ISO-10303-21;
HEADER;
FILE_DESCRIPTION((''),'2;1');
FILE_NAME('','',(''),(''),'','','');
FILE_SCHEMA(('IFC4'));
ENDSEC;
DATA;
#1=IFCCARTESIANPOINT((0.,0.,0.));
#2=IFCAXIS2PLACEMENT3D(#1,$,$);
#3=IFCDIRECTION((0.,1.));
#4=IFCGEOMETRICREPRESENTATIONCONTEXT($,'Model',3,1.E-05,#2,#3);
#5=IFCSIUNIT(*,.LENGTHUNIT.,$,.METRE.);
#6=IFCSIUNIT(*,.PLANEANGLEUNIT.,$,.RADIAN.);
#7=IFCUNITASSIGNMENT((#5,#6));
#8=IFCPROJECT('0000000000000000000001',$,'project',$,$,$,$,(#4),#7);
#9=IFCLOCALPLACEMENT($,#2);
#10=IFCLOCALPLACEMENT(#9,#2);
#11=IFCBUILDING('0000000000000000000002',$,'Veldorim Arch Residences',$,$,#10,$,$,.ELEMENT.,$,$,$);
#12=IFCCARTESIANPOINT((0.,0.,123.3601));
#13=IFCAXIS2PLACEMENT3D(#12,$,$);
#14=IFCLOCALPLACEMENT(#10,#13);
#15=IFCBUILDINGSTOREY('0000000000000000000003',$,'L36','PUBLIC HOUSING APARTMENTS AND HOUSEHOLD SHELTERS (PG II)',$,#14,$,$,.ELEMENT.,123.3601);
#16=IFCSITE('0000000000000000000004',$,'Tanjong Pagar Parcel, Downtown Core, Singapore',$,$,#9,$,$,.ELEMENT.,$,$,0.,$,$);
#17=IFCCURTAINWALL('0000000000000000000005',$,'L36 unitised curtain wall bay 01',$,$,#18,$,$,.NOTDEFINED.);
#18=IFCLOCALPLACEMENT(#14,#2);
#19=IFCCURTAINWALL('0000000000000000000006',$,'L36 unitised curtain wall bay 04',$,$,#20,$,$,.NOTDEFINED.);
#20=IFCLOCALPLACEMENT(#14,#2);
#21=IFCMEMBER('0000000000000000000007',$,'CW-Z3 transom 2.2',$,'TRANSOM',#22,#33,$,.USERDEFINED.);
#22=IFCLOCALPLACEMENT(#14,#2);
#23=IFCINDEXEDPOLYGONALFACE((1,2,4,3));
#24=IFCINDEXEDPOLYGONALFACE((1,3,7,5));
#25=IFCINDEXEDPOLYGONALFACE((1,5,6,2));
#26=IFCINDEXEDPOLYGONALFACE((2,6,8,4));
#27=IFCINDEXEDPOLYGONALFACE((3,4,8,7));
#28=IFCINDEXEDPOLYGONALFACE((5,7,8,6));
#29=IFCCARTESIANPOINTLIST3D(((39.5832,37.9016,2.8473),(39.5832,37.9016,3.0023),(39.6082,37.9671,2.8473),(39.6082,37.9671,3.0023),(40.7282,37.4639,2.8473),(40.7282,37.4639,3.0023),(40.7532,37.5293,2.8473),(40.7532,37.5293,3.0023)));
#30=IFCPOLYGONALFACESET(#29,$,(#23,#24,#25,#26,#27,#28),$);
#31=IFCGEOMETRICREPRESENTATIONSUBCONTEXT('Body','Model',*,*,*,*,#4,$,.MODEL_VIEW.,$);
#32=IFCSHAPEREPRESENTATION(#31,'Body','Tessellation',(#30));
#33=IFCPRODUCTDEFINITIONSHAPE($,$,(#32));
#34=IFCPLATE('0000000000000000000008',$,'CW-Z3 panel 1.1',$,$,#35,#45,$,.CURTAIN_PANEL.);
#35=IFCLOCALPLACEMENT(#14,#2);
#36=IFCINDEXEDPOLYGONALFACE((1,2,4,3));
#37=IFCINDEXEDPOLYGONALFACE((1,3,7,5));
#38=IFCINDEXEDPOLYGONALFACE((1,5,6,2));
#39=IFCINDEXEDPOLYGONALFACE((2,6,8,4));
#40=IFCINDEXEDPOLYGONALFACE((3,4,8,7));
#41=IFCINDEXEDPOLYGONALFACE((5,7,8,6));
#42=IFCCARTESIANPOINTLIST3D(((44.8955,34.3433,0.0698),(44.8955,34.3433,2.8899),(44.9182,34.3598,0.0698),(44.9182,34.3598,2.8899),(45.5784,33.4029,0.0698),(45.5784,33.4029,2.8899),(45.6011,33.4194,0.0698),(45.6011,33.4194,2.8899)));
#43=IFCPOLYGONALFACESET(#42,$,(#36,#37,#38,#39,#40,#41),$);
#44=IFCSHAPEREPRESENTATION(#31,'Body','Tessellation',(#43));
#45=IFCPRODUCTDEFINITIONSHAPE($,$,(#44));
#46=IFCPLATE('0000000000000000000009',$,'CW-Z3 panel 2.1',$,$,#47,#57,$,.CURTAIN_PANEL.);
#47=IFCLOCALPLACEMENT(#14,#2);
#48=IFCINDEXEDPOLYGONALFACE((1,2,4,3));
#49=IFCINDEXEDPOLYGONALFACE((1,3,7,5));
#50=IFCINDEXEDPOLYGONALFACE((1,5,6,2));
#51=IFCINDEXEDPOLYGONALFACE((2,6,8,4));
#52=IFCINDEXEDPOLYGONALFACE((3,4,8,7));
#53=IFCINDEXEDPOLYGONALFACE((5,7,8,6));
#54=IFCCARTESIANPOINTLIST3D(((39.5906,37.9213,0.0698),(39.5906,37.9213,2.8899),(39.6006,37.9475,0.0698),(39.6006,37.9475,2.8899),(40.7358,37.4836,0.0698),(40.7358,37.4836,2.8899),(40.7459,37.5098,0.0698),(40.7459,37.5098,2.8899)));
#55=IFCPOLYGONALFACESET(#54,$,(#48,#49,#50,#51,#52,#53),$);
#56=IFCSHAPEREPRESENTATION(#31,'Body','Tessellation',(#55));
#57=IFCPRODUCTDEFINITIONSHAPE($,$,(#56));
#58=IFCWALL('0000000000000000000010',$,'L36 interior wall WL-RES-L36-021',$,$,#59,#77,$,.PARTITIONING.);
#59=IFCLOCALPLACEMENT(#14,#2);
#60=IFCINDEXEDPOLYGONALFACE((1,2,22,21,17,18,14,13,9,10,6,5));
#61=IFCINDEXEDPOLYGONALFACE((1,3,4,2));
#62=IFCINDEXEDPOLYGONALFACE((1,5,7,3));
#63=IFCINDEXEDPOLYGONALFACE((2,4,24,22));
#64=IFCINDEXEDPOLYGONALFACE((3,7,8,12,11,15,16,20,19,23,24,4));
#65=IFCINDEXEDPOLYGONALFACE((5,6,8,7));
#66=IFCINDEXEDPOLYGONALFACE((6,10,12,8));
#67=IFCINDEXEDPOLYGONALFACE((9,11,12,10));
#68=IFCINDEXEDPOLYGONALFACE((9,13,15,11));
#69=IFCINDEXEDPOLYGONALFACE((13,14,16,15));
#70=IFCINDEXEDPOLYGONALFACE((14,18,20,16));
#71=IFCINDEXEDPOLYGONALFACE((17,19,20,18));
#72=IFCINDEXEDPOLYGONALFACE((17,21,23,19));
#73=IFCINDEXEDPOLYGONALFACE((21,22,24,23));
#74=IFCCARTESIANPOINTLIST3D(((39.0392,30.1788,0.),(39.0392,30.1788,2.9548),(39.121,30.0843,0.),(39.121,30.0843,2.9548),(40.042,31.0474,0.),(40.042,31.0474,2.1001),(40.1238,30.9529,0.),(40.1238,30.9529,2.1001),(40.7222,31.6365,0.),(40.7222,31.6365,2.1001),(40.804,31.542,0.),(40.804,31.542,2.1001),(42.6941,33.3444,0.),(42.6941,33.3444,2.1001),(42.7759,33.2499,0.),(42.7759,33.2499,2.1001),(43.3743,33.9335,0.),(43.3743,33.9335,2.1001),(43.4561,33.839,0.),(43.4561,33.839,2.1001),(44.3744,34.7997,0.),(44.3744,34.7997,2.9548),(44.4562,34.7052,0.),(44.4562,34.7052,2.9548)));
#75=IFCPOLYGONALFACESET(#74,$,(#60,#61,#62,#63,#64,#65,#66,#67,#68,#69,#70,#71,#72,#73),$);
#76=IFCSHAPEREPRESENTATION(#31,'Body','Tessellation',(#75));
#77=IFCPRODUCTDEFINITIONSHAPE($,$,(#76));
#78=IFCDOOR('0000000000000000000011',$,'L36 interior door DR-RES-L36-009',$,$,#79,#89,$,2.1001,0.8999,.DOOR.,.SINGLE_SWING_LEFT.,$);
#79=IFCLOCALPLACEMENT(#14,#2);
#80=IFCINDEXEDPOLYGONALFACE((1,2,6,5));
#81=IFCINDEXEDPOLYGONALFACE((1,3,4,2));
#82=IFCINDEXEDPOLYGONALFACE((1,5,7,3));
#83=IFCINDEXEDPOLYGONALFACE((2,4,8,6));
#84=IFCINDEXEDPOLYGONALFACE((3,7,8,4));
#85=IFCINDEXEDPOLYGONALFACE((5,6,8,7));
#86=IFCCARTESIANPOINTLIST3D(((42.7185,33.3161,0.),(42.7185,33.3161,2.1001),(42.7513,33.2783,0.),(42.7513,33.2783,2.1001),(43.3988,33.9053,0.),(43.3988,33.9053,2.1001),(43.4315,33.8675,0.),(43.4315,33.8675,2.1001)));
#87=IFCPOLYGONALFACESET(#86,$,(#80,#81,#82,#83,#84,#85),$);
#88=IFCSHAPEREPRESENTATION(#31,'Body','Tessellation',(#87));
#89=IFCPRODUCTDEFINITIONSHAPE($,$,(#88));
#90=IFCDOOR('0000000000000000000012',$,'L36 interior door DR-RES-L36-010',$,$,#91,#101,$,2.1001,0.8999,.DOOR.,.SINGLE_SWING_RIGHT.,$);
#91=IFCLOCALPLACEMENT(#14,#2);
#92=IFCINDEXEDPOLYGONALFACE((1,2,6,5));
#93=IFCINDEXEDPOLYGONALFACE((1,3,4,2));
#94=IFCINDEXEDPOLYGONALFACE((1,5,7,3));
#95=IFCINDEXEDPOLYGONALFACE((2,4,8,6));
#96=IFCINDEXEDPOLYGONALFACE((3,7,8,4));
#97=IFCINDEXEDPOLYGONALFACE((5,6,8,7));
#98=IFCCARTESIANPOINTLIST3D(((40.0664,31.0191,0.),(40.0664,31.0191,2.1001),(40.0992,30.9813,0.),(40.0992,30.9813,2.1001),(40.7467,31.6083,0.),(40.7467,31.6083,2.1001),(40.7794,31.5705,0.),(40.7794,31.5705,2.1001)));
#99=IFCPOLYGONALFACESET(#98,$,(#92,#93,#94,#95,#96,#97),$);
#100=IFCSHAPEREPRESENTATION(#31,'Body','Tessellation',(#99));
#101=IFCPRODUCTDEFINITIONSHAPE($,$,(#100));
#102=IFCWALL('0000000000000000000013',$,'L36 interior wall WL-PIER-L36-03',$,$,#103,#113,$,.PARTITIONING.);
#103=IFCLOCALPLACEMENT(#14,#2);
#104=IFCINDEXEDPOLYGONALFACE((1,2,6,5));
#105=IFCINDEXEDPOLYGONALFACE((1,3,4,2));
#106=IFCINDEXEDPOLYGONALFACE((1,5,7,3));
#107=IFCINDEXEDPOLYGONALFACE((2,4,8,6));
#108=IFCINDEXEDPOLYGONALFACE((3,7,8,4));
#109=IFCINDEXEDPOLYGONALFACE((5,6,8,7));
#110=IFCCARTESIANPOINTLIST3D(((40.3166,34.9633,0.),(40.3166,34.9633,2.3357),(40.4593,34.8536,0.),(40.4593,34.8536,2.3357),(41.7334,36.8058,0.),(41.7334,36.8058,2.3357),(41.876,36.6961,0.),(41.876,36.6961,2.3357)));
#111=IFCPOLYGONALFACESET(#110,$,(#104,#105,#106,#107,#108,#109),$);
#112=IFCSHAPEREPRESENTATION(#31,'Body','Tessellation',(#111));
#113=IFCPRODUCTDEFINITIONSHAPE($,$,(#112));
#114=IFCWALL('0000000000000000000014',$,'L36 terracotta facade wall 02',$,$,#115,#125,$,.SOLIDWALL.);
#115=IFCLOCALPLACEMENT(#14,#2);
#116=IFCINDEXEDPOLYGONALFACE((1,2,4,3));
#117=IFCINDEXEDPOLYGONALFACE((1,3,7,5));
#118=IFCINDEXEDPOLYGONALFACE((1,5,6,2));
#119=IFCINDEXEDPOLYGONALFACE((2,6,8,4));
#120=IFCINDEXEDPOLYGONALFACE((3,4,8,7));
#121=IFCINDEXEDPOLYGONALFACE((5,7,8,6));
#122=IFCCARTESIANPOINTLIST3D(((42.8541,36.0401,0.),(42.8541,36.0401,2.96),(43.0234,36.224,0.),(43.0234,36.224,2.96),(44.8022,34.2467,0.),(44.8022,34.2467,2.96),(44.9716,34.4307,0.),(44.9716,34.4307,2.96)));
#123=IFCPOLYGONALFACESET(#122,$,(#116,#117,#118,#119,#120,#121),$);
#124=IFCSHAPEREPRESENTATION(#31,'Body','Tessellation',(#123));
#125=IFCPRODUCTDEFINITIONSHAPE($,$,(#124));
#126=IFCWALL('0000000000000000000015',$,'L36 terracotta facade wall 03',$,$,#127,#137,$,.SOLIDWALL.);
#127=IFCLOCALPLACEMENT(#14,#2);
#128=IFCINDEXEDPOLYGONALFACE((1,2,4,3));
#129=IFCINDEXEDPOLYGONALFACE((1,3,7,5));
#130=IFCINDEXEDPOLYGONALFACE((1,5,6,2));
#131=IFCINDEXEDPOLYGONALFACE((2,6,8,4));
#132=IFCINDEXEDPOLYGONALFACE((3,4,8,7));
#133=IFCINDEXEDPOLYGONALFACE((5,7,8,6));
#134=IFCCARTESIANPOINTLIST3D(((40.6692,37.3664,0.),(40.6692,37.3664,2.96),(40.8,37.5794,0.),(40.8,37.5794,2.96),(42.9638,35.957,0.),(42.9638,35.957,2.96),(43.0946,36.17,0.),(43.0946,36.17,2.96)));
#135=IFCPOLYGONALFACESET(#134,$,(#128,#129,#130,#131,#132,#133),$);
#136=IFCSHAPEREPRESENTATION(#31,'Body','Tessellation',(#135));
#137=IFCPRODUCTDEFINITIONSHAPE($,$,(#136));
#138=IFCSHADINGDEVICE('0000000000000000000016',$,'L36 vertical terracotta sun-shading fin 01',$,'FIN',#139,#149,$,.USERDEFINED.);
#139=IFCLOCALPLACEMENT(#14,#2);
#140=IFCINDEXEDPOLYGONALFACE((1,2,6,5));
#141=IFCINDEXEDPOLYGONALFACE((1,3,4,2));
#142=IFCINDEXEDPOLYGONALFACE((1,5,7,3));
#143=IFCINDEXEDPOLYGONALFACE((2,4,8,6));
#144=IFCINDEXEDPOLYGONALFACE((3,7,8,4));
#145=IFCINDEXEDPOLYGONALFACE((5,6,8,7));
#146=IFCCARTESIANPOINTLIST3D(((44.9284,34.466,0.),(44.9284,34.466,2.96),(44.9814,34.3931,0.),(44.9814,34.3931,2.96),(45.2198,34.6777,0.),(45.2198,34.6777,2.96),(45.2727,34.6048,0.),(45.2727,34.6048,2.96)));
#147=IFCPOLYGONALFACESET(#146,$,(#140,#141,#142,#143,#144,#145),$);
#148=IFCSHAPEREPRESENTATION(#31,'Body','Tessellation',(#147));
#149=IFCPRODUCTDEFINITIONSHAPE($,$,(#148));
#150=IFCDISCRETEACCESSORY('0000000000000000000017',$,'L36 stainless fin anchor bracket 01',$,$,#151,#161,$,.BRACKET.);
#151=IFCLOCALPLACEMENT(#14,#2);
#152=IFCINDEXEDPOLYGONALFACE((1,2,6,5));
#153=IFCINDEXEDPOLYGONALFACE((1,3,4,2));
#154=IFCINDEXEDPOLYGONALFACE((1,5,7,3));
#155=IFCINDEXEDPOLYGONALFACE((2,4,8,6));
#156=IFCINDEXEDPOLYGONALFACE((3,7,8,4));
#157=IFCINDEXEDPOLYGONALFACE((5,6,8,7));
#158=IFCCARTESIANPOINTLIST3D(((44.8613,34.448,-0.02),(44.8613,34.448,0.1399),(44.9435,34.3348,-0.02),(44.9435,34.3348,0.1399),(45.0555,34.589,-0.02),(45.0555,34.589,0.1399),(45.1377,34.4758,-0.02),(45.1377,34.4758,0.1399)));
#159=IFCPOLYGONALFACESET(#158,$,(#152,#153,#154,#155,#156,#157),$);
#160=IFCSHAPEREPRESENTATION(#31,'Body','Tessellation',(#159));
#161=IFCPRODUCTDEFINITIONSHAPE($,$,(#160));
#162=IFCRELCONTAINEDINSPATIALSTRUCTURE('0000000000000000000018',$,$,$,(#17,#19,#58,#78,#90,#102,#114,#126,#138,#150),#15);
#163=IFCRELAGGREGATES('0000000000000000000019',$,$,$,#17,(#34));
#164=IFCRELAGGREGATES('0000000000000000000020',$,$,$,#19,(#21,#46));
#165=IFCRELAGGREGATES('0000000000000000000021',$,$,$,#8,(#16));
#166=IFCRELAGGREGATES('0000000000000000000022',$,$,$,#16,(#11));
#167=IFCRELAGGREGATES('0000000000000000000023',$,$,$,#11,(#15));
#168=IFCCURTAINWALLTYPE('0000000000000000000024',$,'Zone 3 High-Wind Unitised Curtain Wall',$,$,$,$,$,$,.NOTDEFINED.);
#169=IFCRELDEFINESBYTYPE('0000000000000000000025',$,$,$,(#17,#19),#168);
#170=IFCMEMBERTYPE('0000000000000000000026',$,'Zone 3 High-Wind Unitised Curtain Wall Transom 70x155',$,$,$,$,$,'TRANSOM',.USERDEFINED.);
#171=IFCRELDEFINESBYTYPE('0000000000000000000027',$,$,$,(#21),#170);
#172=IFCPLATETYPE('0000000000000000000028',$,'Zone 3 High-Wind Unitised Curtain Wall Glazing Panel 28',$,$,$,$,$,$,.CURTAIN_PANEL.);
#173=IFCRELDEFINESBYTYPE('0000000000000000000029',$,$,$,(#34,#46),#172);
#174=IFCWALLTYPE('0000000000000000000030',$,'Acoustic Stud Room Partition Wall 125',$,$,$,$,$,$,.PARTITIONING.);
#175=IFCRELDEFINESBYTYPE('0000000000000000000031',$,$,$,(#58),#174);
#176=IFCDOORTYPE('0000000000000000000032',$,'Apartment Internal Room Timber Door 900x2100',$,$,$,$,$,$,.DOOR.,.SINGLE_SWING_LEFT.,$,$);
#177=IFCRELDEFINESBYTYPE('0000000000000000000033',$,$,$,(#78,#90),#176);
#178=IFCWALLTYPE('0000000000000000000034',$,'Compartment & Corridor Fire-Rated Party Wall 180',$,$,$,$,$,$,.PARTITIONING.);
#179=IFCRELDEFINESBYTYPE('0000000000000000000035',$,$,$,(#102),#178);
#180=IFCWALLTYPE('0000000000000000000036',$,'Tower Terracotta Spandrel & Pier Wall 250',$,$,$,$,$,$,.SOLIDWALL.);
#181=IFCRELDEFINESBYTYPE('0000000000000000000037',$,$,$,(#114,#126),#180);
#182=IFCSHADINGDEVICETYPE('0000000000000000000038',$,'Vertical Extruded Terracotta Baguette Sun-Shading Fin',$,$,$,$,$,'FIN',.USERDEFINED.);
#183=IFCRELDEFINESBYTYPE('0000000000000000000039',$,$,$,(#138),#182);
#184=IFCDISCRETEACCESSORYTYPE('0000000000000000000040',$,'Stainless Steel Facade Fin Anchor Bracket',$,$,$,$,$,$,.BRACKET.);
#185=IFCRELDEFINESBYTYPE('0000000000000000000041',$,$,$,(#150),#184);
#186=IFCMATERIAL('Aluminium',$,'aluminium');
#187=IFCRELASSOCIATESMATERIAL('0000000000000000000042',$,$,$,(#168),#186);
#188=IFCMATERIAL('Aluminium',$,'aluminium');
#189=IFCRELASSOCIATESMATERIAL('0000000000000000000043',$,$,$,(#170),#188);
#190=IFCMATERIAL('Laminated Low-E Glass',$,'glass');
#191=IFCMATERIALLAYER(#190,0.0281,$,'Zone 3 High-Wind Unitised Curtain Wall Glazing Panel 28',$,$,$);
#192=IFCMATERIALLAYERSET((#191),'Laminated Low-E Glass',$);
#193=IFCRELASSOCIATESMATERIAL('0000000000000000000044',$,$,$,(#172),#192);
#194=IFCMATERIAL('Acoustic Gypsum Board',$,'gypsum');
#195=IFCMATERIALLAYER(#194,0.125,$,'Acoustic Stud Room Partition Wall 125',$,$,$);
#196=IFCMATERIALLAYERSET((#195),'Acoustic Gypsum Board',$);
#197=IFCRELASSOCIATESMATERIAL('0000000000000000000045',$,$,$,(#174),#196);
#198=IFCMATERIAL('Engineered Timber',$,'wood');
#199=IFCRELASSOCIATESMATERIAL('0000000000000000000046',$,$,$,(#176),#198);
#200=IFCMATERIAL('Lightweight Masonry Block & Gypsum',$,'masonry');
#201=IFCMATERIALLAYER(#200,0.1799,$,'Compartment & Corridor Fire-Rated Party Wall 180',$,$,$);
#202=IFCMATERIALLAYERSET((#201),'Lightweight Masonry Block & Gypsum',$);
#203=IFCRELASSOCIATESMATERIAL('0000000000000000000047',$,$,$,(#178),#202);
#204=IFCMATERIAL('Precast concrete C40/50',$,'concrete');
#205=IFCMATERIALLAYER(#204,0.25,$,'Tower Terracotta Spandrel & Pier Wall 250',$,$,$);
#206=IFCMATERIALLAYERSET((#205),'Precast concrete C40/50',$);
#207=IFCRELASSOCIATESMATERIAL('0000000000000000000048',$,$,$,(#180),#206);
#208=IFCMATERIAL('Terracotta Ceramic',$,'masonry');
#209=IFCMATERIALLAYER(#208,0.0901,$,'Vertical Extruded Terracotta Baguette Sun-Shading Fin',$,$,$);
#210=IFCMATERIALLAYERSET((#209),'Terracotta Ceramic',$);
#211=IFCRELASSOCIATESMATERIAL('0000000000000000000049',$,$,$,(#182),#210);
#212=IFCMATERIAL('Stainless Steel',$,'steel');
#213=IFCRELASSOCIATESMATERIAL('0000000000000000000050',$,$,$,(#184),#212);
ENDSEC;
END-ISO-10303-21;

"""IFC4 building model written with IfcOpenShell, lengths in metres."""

from ifc_helpers import new_model, si_unit, direction, frame, frame_2d, origin, origin_2d, place, context, subcontext, project, spatial, rectangle, extrude, material, layer, layer_set, material_profile, profile_set, type_object, element, fill, aggregate, save


model = new_model("IFC4")

# Units and contexts
model_context = context("Model", 3, precision=1e-05, world=origin(), true_north=direction((0.0, 1.0)))
body_context = subcontext(model_context, "Body", "Model", "MODEL_VIEW")
ifc_project = project(units=[si_unit("LENGTHUNIT", "METRE"), si_unit("PLANEANGLEUNIT", "RADIAN")], contexts=[model_context])

# Site, building, storey
site_placement = place(None, origin())
site = spatial("IfcSite", under=ifc_project, at=site_placement, Name="Tanjong Pagar Parcel, Downtown Core, Singapore", CompositionType="ELEMENT", RefElevation=0.0)
building_placement = place(site_placement, origin())
building = spatial("IfcBuilding", under=site, at=building_placement, Name="Veldorim Arch Residences", CompositionType="ELEMENT")
storey_placement = place(building_placement, frame((0.0, 0.0, 123.3601)))
storey = spatial("IfcBuildingStorey", under=building, at=storey_placement, Name="L36", Description="PUBLIC HOUSING APARTMENTS AND HOUSEHOLD SHELTERS (PG II)", CompositionType="ELEMENT", Elevation=123.3601)

# Curtain walls
ifc_material_1 = material(Name="Aluminium", Category="aluminium")
curtain_wall_type = type_object("IfcCurtainWallType", Name="Zone 3 High-Wind Unitised Curtain Wall", PredefinedType="NOTDEFINED", material=ifc_material_1)
curtain_wall_1_placement = place(storey_placement, origin())
curtain_wall_1 = element("IfcCurtainWall", 1, at=curtain_wall_1_placement, inside=storey, type_object=curtain_wall_type, Name="L36 unitised curtain wall bay 01", PredefinedType="NOTDEFINED")
curtain_wall_2_placement = place(storey_placement, origin())
curtain_wall_2 = element("IfcCurtainWall", 2, at=curtain_wall_2_placement, inside=storey, type_object=curtain_wall_type, Name="L36 unitised curtain wall bay 04", PredefinedType="NOTDEFINED")

# Member
ifc_material_2 = material(Name="Aluminium", Category="aluminium")
ifc_material_profile_1 = material_profile(ifc_material_2, rectangle(XDim=0.0701, YDim=0.155, at=origin_2d()), Name="ALU_TRN_70x155")
ifc_profile_set_1 = profile_set([ifc_material_profile_1], Name="Aluminium")
member_type_1 = type_object("IfcMemberType", Name="Zone 3 High-Wind Unitised Curtain Wall Transom 70x155", ElementType="TRANSOM", PredefinedType="USERDEFINED", material=ifc_profile_set_1)
member_1_placement = place(storey_placement, frame((39.5957, 37.9343, 2.9248), z_axis=(0.934067, -0.357097, 0.0), x_axis=(0.357097, 0.934067, 0.0)))
member_1 = element("IfcMember", 3, at=member_1_placement, type_object=member_type_1, Name="CW-Z3 transom 2.2", ObjectType="TRANSOM", PredefinedType="USERDEFINED", context=body_context, shape_type="SweptSolid", body=[
    extrude(rectangle(XDim=0.0701, YDim=0.155, at=origin_2d()), origin(), (0.0, 0.0, 1.0), 1.2258),
])

# Plates
ifc_material_3 = material(Name="Laminated Low-E Glass", Category="glass")
ifc_layer_1 = layer(ifc_material_3, 0.0281, Name="Zone 3 High-Wind Unitised Curtain Wall Glazing Panel 28")
ifc_layer_set_1 = layer_set([ifc_layer_1], Name="Laminated Low-E Glass")
plate_type = type_object("IfcPlateType", Name="Zone 3 High-Wind Unitised Curtain Wall Glazing Panel 28", PredefinedType="CURTAIN_PANEL", material=ifc_layer_set_1)
plate_1_placement = place(storey_placement, frame((45.2483, 33.8813, 0.0698), z_axis=(0.0, 0.0, 1.0), x_axis=(0.587585, -0.809162, 0.0)))
plate_1 = element("IfcPlate", 4, at=plate_1_placement, type_object=plate_type, Name="CW-Z3 panel 1.1", PredefinedType="CURTAIN_PANEL", context=body_context, shape_type="SweptSolid", body=[
    extrude(rectangle(XDim=1.1621, YDim=0.0281, at=origin_2d()), origin(), (0.0, 0.0, 1.0), 2.8201),
])
aggregate(curtain_wall_1, [plate_1])
plate_2_placement = place(storey_placement, frame((40.1682, 37.7156, 0.0698), z_axis=(0.0, 0.0, 1.0), x_axis=(0.934109, -0.356987, 0.0)))
plate_2 = element("IfcPlate", 5, at=plate_2_placement, type_object=plate_type, Name="CW-Z3 panel 2.1", PredefinedType="CURTAIN_PANEL", context=body_context, shape_type="SweptSolid", body=[
    extrude(rectangle(XDim=1.2261, YDim=0.0281, at=origin_2d()), origin(), (0.0, 0.0, 1.0), 2.8201),
])
aggregate(curtain_wall_2, [member_1, plate_2])

# Wall, openings, doors
ifc_material_4 = material(Name="Acoustic Gypsum Board", Category="gypsum")
ifc_layer_2 = layer(ifc_material_4, 0.125, Name="Acoustic Stud Room Partition Wall 125")
ifc_layer_set_2 = layer_set([ifc_layer_2], Name="Acoustic Gypsum Board")
wall_type_1 = type_object("IfcWallType", Name="Acoustic Stud Room Partition Wall 125", PredefinedType="PARTITIONING", material=ifc_layer_set_2)
wall_1_placement = place(storey_placement, frame((44.4153, 34.7524, 0.0), z_axis=(0.0, 0.0, 1.0), x_axis=(-0.755899, -0.654688, 0.0)))
wall_1 = element("IfcWall", 6, at=wall_1_placement, inside=storey, type_object=wall_type_1, Name="L36 interior wall WL-RES-L36-021", PredefinedType="PARTITIONING", context=body_context, shape_type="SweptSolid", body=[
    extrude(rectangle(XDim=7.0581, YDim=0.125, at=frame_2d((3.5291, 0.0))), origin(), (0.0, 0.0, 1.0), 2.9548),
])
opening_1_placement = place(wall_1_placement, frame((1.323, 0.0, 0.0)))
opening_1 = element("IfcOpeningElement", 7, at=opening_1_placement, cuts=wall_1, PredefinedType="OPENING", context=body_context, shape_type="SweptSolid", body=[
    extrude(rectangle(XDim=0.8999, YDim=2.1001, at=frame_2d((0.45, 1.05))), frame((0.0, 0.0725, 0.0), z_axis=(0.0, -1.0, 0.0), x_axis=(1.0, 0.0, 0.0)), (0.0, 0.0, 1.0), 0.145),
])
opening_2_placement = place(wall_1_placement, frame((4.8315, 0.0, 0.0)))
opening_2 = element("IfcOpeningElement", 8, at=opening_2_placement, cuts=wall_1, PredefinedType="OPENING", context=body_context, shape_type="SweptSolid", body=[
    extrude(rectangle(XDim=0.8999, YDim=2.1001, at=frame_2d((0.45, 1.05))), frame((0.0, 0.0725, 0.0), z_axis=(0.0, -1.0, 0.0), x_axis=(1.0, 0.0, 0.0)), (0.0, 0.0, 1.0), 0.145),
])
ifc_material_5 = material(Name="Engineered Timber", Category="wood")
door_type = type_object("IfcDoorType", Name="Apartment Internal Room Timber Door 900x2100", OperationType="SINGLE_SWING_LEFT", PredefinedType="DOOR", material=ifc_material_5)
door_1_placement = place(opening_1_placement, origin())
door_1 = element("IfcDoor", 9, at=door_1_placement, inside=storey, type_object=door_type, Name="L36 interior door DR-RES-L36-009", OperationType="SINGLE_SWING_LEFT", OverallHeight=2.1001, OverallWidth=0.8999, PredefinedType="DOOR", context=body_context, shape_type="SweptSolid", body=[
    extrude(rectangle(XDim=0.8999, YDim=2.1001, at=frame_2d((0.45, 1.05))), frame((0.0, 0.0249, 0.0), z_axis=(0.0, -1.0, 0.0), x_axis=(1.0, 0.0, 0.0)), (0.0, 0.0, 1.0), 0.05),
])
fill(opening_1, door_1)
door_2_placement = place(opening_2_placement, origin())
door_2 = element("IfcDoor", 10, at=door_2_placement, inside=storey, type_object=door_type, Name="L36 interior door DR-RES-L36-010", OperationType="SINGLE_SWING_RIGHT", OverallHeight=2.1001, OverallWidth=0.8999, PredefinedType="DOOR", context=body_context, shape_type="SweptSolid", body=[
    extrude(rectangle(XDim=0.8999, YDim=2.1001, at=frame_2d((0.45, 1.05))), frame((0.0, 0.0249, 0.0), z_axis=(0.0, -1.0, 0.0), x_axis=(1.0, 0.0, 0.0)), (0.0, 0.0, 1.0), 0.05),
])
fill(opening_2, door_2)

# Walls
ifc_material_6 = material(Name="Lightweight Masonry Block & Gypsum", Category="masonry")
ifc_layer_3 = layer(ifc_material_6, 0.1799, Name="Compartment & Corridor Fire-Rated Party Wall 180")
ifc_layer_set_3 = layer_set([ifc_layer_3], Name="Lightweight Masonry Block & Gypsum")
wall_type_2 = type_object("IfcWallType", Name="Compartment & Corridor Fire-Rated Party Wall 180", PredefinedType="PARTITIONING", material=ifc_layer_set_3)
wall_2_placement = place(storey_placement, frame((40.3879, 34.9084, 0.0), z_axis=(0.0, 0.0, 1.0), x_axis=(0.609553, 0.792745, 0.0)))
element("IfcWall", 11, at=wall_2_placement, inside=storey, type_object=wall_type_2, Name="L36 interior wall WL-PIER-L36-03", PredefinedType="PARTITIONING", context=body_context, shape_type="SweptSolid", body=[
    extrude(rectangle(XDim=2.3242, YDim=0.1799, at=frame_2d((1.1621, 0.0))), origin(), (0.0, 0.0, 1.0), 2.3357),
])
ifc_material_7 = material(Name="Precast concrete C40/50", Category="concrete")
ifc_layer_4 = layer(ifc_material_7, 0.25, Name="Tower Terracotta Spandrel & Pier Wall 250")
ifc_layer_set_4 = layer_set([ifc_layer_4], Name="Precast concrete C40/50")
wall_type_3 = type_object("IfcWallType", Name="Tower Terracotta Spandrel & Pier Wall 250", PredefinedType="SOLIDWALL", material=ifc_layer_set_4)
wall_3_placement = place(storey_placement, frame((42.9387, 36.1321, 0.0), z_axis=(0.0, 0.0, 1.0), x_axis=(0.735729, -0.677276, 0.0)))
element("IfcWall", 12, at=wall_3_placement, inside=storey, type_object=wall_type_3, Name="L36 terracotta facade wall 02", PredefinedType="SOLIDWALL", context=body_context, shape_type="SweptSolid", body=[
    extrude(rectangle(XDim=2.6479, YDim=0.25, at=frame_2d((1.324, 0.0))), origin(), (0.0, 0.0, 1.0), 2.96),
])
wall_4_placement = place(storey_placement, frame((40.7346, 37.4729, 0.0), z_axis=(0.0, 0.0, 1.0), x_axis=(0.852103, -0.523374, 0.0)))
element("IfcWall", 13, at=wall_4_placement, inside=storey, type_object=wall_type_3, Name="L36 terracotta facade wall 03", PredefinedType="SOLIDWALL", context=body_context, shape_type="SweptSolid", body=[
    extrude(rectangle(XDim=2.6929, YDim=0.25, at=frame_2d((1.3464, 0.0))), origin(), (0.0, 0.0, 1.0), 2.96),
])

# Shading device
ifc_material_8 = material(Name="Terracotta Ceramic", Category="masonry")
ifc_layer_5 = layer(ifc_material_8, 0.0901, Name="Vertical Extruded Terracotta Baguette Sun-Shading Fin")
ifc_layer_set_5 = layer_set([ifc_layer_5], Name="Terracotta Ceramic")
shading_device_type = type_object("IfcShadingDeviceType", Name="Vertical Extruded Terracotta Baguette Sun-Shading Fin", ElementType="FIN", PredefinedType="USERDEFINED", material=ifc_layer_set_5)
shading_device_placement = place(storey_placement, frame((45.1006, 34.5354, 0.0), z_axis=(0.0, 0.0, 1.0), x_axis=(0.587644, -0.80912, 0.0)))
element("IfcShadingDevice", 14, at=shading_device_placement, inside=storey, type_object=shading_device_type, Name="L36 vertical terracotta sun-shading fin 01", ObjectType="FIN", PredefinedType="USERDEFINED", context=body_context, shape_type="SweptSolid", body=[
    extrude(rectangle(XDim=0.0901, YDim=0.3601, at=origin_2d()), origin(), (0.0, 0.0, 1.0), 2.96),
])

# Discrete accessory
ifc_material_9 = material(Name="Stainless Steel", Category="steel")
discrete_accessory_type = type_object("IfcDiscreteAccessoryType", Name="Stainless Steel Facade Fin Anchor Bracket", PredefinedType="BRACKET", material=ifc_material_9)
discrete_accessory_placement = place(storey_placement, frame((44.9995, 34.4619, -0.02), z_axis=(0.0, 0.0, 1.0), x_axis=(0.587644, -0.80912, 0.0)))
element("IfcDiscreteAccessory", 15, at=discrete_accessory_placement, inside=storey, type_object=discrete_accessory_type, Name="L36 stainless fin anchor bracket 01", PredefinedType="BRACKET", context=body_context, shape_type="SweptSolid", body=[
    extrude(rectangle(XDim=0.1399, YDim=0.24, at=origin_2d()), origin(), (0.0, 0.0, 1.0), 0.1599),
])

save(model, "model.ifc")
